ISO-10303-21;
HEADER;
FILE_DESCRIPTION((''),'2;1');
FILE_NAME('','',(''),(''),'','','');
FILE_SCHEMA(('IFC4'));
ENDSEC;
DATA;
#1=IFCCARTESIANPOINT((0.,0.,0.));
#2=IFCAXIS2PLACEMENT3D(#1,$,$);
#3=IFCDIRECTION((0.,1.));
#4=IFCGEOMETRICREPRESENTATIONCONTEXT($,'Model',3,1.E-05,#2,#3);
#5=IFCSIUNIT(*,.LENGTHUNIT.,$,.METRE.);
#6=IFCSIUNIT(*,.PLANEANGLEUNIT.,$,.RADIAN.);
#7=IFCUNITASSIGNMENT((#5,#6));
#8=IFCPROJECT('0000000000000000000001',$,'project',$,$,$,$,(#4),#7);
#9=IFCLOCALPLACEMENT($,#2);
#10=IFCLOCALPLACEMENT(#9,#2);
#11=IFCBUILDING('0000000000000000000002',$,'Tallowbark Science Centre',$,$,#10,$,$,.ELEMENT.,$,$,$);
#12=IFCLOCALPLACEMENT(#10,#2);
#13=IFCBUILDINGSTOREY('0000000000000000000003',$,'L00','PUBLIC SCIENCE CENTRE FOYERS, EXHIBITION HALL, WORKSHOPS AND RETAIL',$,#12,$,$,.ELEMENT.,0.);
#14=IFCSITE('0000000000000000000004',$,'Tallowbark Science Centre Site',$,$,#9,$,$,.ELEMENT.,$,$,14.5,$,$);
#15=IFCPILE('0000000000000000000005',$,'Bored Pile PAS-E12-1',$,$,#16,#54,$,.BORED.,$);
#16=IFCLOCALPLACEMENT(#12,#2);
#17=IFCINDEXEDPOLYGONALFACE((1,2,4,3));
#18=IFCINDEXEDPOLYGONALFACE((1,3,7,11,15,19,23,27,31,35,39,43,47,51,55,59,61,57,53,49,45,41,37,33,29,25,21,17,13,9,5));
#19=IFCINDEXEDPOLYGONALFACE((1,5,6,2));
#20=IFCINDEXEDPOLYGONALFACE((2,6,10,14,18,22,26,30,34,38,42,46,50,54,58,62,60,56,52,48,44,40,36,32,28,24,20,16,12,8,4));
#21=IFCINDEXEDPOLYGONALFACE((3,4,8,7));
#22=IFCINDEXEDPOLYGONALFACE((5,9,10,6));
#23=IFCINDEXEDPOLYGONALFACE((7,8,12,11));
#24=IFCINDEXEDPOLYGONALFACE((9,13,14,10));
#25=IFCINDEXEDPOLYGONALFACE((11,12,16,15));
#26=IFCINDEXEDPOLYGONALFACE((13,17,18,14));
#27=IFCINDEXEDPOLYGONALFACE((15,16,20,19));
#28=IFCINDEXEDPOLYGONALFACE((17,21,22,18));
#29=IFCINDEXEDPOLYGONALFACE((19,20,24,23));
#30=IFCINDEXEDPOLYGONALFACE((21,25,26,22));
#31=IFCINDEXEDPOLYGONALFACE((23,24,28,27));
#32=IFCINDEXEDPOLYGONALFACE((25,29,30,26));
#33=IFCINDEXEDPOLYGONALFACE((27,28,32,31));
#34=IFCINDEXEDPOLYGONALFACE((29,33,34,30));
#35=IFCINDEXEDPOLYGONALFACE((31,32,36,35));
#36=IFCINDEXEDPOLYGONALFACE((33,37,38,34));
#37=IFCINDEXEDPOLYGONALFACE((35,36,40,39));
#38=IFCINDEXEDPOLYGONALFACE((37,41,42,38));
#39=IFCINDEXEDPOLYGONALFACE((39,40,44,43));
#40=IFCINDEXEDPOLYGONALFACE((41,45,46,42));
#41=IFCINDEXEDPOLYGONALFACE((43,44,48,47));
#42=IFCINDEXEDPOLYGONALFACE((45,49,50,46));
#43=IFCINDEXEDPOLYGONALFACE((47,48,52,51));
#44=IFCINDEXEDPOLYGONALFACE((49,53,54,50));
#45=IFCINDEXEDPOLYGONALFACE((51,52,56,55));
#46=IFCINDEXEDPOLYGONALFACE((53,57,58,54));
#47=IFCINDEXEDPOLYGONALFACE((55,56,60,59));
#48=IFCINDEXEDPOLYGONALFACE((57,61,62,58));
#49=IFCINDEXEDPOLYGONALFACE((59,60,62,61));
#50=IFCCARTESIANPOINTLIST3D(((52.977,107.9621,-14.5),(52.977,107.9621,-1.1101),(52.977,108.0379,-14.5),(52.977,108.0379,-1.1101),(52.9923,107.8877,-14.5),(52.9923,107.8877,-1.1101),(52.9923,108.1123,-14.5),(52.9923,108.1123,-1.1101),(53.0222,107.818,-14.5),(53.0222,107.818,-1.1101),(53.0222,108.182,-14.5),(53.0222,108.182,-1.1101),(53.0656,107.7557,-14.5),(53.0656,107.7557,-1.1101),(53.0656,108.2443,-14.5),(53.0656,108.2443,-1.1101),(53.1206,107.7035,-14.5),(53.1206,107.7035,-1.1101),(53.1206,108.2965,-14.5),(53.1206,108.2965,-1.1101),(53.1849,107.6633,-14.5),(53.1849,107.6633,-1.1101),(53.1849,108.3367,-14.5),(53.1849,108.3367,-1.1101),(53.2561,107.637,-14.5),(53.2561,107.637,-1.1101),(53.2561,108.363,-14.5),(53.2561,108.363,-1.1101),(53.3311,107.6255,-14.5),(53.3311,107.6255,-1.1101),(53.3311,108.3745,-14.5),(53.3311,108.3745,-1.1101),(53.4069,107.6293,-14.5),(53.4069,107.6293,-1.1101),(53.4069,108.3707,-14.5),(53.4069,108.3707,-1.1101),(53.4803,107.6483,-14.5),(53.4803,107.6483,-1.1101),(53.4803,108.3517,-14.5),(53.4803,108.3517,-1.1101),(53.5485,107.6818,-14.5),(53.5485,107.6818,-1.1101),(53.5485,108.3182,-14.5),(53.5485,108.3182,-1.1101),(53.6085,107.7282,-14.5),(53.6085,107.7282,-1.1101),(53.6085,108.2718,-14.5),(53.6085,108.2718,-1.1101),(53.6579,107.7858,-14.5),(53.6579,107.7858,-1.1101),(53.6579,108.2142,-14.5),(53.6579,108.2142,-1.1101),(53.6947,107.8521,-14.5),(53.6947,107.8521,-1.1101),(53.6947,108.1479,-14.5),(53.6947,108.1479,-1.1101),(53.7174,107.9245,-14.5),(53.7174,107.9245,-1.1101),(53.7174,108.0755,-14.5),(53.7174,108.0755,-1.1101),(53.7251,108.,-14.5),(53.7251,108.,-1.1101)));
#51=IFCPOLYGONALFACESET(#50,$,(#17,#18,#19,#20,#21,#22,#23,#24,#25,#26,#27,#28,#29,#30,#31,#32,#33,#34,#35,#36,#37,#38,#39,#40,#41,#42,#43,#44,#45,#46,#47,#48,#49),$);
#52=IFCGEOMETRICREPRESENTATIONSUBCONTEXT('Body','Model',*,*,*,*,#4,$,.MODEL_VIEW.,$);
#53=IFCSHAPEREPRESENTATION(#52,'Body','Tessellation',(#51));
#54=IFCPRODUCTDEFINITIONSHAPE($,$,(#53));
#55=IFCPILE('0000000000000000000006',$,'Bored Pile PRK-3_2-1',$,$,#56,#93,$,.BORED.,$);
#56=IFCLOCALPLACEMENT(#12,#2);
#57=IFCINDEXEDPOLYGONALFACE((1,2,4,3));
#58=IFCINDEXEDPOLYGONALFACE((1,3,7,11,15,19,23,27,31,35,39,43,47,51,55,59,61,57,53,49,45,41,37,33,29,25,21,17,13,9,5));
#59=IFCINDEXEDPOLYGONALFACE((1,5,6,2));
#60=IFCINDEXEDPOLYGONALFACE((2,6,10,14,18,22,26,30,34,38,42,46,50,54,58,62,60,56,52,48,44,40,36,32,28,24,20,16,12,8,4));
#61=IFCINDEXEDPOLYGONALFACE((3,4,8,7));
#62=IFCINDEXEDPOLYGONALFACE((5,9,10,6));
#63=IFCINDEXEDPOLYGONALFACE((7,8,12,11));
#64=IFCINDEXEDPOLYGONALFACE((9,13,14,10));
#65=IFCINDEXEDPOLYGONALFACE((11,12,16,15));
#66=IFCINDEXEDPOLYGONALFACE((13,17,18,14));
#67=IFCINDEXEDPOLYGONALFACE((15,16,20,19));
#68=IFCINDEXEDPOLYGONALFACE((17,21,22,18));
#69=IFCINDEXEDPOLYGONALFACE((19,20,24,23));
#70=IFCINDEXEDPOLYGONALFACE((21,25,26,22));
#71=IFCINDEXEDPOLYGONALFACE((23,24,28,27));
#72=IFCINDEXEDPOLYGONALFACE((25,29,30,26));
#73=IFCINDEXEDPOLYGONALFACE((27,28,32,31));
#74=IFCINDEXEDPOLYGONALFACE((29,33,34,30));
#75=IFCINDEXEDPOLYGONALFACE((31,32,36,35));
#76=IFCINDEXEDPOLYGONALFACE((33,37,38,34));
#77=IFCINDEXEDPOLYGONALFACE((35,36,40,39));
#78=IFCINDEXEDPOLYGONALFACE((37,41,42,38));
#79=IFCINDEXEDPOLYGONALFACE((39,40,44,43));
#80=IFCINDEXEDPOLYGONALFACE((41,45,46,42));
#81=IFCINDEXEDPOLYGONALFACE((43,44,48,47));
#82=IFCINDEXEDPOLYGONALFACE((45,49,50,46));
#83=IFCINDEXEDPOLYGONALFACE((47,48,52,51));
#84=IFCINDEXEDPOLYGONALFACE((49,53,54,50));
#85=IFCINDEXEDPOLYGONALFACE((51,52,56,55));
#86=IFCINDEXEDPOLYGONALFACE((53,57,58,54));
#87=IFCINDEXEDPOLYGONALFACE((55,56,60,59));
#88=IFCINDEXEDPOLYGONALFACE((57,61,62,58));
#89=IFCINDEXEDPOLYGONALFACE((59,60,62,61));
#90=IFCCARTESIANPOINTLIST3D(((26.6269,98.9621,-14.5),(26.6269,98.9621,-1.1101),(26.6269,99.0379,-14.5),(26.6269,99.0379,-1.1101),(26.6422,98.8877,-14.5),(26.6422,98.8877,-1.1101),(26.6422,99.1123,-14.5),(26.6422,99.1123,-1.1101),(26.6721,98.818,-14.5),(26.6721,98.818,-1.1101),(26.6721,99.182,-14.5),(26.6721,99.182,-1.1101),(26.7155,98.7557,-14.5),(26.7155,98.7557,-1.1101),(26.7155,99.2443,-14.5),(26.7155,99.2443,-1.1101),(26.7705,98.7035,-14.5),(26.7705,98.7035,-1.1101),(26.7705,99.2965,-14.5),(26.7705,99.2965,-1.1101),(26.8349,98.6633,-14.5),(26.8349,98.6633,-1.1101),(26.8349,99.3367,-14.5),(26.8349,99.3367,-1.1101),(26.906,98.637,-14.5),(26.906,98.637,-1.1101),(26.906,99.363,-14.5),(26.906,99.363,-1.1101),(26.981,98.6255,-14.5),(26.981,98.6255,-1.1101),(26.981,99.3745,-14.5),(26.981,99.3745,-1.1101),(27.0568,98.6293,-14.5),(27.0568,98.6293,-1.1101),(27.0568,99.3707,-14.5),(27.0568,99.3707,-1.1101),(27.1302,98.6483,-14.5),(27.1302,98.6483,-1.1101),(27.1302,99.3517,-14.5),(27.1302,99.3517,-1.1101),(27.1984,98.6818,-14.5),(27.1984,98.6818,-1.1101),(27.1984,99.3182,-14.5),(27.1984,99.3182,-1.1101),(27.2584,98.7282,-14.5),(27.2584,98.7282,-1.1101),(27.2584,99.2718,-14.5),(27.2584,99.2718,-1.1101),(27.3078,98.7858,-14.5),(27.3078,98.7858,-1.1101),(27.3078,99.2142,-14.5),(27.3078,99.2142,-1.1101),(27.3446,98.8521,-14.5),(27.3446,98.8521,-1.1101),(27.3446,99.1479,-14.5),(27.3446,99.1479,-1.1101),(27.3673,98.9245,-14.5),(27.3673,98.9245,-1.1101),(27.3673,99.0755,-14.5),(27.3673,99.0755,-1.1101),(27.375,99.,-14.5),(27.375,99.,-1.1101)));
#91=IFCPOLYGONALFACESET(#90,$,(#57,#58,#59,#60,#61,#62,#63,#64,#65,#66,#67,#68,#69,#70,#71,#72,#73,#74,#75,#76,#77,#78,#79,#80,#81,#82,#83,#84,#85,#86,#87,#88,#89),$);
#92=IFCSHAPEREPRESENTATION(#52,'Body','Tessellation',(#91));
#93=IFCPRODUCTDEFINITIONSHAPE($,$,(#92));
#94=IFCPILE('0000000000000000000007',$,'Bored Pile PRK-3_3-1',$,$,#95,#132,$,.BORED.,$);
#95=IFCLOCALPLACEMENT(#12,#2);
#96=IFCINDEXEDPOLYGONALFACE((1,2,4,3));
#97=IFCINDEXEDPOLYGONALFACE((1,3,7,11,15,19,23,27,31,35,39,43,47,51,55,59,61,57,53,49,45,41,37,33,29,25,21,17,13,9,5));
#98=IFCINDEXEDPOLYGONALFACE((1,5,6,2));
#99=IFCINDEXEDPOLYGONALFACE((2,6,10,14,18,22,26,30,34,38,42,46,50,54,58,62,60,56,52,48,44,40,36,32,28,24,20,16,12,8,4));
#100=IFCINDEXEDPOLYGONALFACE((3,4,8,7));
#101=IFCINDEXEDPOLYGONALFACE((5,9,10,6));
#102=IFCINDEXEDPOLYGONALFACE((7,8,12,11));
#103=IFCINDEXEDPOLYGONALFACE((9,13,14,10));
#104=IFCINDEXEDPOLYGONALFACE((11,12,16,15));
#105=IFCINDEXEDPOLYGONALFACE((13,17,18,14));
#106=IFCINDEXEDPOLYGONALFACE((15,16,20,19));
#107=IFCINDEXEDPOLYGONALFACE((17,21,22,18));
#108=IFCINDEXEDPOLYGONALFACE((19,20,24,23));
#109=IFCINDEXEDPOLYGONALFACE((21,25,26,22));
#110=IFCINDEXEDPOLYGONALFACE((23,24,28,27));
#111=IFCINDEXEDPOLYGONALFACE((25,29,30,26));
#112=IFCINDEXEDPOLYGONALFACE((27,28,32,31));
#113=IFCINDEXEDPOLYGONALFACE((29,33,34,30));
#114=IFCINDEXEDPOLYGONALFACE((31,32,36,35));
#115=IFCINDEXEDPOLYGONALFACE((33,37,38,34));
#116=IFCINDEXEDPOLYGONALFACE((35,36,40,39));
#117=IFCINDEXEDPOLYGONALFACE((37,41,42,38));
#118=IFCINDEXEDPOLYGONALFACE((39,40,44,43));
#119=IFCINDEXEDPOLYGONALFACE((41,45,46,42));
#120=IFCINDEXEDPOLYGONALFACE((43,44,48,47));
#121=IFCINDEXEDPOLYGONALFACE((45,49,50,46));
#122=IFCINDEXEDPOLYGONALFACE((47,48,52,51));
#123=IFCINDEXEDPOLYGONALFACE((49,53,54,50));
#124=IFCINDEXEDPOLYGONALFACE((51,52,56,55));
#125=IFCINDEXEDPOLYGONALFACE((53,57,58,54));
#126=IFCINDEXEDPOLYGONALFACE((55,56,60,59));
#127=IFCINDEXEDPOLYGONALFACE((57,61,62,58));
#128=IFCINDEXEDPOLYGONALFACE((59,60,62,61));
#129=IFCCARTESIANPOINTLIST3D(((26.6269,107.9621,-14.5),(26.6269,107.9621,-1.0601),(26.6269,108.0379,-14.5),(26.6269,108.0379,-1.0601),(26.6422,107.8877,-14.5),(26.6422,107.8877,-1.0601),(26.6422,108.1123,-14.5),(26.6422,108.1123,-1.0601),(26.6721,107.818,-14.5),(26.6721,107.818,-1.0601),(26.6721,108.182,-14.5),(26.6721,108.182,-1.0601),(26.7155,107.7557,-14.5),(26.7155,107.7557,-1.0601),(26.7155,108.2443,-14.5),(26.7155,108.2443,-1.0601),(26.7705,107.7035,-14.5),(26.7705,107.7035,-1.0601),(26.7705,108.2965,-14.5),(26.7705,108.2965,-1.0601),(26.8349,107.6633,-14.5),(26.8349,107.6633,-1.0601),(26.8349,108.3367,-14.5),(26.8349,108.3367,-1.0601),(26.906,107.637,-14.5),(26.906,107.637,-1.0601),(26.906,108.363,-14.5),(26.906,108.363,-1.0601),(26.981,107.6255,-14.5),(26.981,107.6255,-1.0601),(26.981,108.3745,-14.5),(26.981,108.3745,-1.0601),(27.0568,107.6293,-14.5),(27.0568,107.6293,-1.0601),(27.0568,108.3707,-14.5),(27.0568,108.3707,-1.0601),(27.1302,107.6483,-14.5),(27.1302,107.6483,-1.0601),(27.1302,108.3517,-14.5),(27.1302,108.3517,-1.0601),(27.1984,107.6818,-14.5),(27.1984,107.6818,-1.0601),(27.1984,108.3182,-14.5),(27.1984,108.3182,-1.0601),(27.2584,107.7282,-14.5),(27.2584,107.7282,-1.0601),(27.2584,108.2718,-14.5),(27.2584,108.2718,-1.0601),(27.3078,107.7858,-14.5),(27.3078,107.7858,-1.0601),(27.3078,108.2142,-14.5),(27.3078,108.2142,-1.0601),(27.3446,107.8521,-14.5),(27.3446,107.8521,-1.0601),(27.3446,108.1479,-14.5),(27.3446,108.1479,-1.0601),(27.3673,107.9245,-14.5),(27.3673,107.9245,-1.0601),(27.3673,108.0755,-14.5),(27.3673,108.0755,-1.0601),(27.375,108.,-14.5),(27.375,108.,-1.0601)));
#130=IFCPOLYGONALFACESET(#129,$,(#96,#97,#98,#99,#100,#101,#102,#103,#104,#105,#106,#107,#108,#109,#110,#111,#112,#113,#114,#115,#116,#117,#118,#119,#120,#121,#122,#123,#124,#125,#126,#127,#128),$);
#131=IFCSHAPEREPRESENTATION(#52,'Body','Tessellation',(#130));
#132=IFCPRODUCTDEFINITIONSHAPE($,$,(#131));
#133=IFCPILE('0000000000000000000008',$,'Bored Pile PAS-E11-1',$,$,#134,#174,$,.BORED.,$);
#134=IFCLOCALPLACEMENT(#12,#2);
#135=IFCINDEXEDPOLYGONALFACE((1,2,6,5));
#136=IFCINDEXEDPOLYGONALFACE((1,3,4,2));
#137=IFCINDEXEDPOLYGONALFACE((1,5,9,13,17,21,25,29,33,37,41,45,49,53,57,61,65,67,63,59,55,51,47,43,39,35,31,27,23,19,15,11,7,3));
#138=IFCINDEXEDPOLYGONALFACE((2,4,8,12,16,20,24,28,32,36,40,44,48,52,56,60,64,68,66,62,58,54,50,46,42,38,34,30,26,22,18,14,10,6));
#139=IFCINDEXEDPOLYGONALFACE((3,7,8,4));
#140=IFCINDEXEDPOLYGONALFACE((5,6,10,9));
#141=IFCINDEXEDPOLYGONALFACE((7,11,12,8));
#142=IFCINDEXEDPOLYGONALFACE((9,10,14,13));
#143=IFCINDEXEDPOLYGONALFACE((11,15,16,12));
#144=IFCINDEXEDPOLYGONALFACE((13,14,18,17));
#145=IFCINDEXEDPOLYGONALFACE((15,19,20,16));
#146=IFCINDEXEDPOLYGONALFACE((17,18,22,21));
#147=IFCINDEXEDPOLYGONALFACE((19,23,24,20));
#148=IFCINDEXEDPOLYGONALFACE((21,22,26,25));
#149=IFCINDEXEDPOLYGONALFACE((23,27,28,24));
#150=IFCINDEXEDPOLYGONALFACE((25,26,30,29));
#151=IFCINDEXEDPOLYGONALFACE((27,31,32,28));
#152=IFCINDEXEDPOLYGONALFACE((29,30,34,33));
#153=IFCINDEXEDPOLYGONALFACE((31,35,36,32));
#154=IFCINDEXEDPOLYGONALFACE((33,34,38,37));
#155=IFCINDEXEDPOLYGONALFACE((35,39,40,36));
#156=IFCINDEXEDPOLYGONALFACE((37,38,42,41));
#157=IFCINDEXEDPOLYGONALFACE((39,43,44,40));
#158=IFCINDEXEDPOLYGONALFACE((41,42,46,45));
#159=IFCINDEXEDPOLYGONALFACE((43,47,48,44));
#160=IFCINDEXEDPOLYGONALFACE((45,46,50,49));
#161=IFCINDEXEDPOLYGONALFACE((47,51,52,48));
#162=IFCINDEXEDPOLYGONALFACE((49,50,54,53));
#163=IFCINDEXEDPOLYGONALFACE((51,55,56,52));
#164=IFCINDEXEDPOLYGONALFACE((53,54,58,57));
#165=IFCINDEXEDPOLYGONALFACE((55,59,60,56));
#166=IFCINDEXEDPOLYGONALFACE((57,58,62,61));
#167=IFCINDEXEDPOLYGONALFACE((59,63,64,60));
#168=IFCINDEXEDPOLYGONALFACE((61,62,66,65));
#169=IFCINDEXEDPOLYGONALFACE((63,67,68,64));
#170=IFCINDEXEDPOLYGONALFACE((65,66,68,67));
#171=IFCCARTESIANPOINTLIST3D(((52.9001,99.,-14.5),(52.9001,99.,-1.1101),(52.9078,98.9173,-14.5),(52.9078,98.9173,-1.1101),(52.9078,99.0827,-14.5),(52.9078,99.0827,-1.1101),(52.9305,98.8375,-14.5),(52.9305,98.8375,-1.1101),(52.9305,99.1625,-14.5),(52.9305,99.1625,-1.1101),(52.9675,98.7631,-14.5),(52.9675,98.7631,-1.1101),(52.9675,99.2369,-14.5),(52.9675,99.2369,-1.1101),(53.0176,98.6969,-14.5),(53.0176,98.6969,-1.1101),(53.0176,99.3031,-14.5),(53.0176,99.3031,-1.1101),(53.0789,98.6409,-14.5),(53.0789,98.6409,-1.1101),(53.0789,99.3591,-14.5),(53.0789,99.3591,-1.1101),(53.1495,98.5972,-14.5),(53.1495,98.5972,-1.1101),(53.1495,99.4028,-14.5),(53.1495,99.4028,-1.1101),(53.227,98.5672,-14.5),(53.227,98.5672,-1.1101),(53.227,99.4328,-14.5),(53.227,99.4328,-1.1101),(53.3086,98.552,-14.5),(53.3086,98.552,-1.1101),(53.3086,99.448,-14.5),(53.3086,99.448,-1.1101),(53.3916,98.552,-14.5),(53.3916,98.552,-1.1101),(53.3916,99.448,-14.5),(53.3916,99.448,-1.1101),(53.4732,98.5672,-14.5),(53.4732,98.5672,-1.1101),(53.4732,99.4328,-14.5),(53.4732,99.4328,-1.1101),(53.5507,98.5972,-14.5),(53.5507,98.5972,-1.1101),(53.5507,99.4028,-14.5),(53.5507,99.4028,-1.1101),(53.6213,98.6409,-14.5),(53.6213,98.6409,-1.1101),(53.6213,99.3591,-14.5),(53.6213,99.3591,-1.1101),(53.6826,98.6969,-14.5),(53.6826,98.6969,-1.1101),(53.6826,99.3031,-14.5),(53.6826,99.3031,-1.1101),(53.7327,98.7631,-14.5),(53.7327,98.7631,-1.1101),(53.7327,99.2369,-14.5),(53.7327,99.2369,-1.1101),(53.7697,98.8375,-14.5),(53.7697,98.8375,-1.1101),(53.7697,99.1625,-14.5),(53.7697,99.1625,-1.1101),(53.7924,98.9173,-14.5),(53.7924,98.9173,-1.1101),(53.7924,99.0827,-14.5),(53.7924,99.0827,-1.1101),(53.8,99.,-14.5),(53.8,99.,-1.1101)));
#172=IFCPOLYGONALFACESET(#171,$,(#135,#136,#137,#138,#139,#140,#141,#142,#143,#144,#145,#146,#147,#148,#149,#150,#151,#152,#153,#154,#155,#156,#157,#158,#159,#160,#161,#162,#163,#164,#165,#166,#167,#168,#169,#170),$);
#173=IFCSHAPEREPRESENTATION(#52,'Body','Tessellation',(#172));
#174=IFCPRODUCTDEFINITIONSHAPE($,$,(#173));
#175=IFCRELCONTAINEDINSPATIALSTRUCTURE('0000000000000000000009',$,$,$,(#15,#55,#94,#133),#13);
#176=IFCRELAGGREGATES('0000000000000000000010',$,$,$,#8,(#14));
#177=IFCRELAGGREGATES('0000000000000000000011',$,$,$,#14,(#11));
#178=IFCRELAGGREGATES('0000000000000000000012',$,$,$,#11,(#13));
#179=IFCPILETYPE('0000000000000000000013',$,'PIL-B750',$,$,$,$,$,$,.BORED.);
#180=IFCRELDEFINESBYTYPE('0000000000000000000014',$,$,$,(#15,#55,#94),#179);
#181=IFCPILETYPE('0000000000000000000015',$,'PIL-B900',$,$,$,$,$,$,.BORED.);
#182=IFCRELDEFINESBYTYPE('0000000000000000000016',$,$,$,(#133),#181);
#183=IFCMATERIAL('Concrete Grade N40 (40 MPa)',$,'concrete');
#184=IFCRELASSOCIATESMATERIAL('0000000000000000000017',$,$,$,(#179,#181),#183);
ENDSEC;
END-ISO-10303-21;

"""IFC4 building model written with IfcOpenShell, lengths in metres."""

from ifc_helpers import new_model, si_unit, direction, frame, origin, origin_2d, place, context, subcontext, project, spatial, circle, extrude, material, material_profile, profile_set, type_object, element, save


model = new_model("IFC4")

# Units and contexts
model_context = context("Model", 3, precision=1e-05, world=origin(), true_north=direction((0.0, 1.0)))
body_context = subcontext(model_context, "Body", "Model", "MODEL_VIEW")
ifc_project = project(units=[si_unit("LENGTHUNIT", "METRE"), si_unit("PLANEANGLEUNIT", "RADIAN")], contexts=[model_context])

# Site, building, storey
site_placement = place(None, origin())
site = spatial("IfcSite", under=ifc_project, at=site_placement, Name="Tallowbark Science Centre Site", CompositionType="ELEMENT", RefElevation=14.5)
building_placement = place(site_placement, origin())
building = spatial("IfcBuilding", under=site, at=building_placement, Name="Tallowbark Science Centre", CompositionType="ELEMENT")
storey_placement = place(building_placement, origin())
storey = spatial("IfcBuildingStorey", under=building, at=storey_placement, Name="L00", Description="PUBLIC SCIENCE CENTRE FOYERS, EXHIBITION HALL, WORKSHOPS AND RETAIL", CompositionType="ELEMENT", Elevation=0.0)

# Shared definitions
ifc_material_1 = material(Name="Concrete Grade N40 (40 MPa)", Category="concrete")

# Piles
ifc_material_profile_1 = material_profile(ifc_material_1, circle(Radius=0.375, at=origin_2d()), Name="PILE750")
ifc_profile_set_1 = profile_set([ifc_material_profile_1], Name="Concrete Grade N40 (40 MPa)")
pile_type_1 = type_object("IfcPileType", Name="PIL-B750", PredefinedType="BORED", material=ifc_profile_set_1)
for number, where, z_axis, x_axis, name in (
    (1, (53.3501, 108.0, -1.1101), (0.0, 0.0, -1.0), (1.0, 0.0, 0.0), "Bored Pile PAS-E12-1"),
    (2, (27.0, 99.0, -1.1101), (0.0, 0.0, -1.0), (1.0, 0.0, 0.0), "Bored Pile PRK-3_2-1"),
):
    element("IfcPile", number, at=place(storey_placement, frame(where, z_axis=z_axis, x_axis=x_axis)), inside=storey, type_object=pile_type_1, Name=name, PredefinedType="BORED", context=body_context, shape_type="SweptSolid", body=[
        extrude(circle(Radius=0.375, at=origin_2d()), origin(), (0.0, 0.0, 1.0), 13.3899),
    ])
pile_1_placement = place(storey_placement, frame((27.0, 108.0, -1.0601), z_axis=(0.0, 0.0, -1.0), x_axis=(1.0, 0.0, 0.0)))
element("IfcPile", 3, at=pile_1_placement, inside=storey, type_object=pile_type_1, Name="Bored Pile PRK-3_3-1", PredefinedType="BORED", context=body_context, shape_type="SweptSolid", body=[
    extrude(circle(Radius=0.375, at=origin_2d()), origin(), (0.0, 0.0, 1.0), 13.4399),
])
ifc_material_profile_2 = material_profile(ifc_material_1, circle(Radius=0.45, at=origin_2d()), Name="PILE900")
ifc_profile_set_2 = profile_set([ifc_material_profile_2], Name="Concrete Grade N40 (40 MPa)")
pile_type_2 = type_object("IfcPileType", Name="PIL-B900", PredefinedType="BORED", material=ifc_profile_set_2)
pile_2_placement = place(storey_placement, frame((53.3501, 99.0, -1.1101), z_axis=(0.0, 0.0, -1.0), x_axis=(1.0, 0.0, 0.0)))
element("IfcPile", 4, at=pile_2_placement, inside=storey, type_object=pile_type_2, Name="Bored Pile PAS-E11-1", PredefinedType="BORED", context=body_context, shape_type="SweptSolid", body=[
    extrude(circle(Radius=0.45, at=origin_2d()), origin(), (0.0, 0.0, 1.0), 13.3899),
])

save(model, "model.ifc")
